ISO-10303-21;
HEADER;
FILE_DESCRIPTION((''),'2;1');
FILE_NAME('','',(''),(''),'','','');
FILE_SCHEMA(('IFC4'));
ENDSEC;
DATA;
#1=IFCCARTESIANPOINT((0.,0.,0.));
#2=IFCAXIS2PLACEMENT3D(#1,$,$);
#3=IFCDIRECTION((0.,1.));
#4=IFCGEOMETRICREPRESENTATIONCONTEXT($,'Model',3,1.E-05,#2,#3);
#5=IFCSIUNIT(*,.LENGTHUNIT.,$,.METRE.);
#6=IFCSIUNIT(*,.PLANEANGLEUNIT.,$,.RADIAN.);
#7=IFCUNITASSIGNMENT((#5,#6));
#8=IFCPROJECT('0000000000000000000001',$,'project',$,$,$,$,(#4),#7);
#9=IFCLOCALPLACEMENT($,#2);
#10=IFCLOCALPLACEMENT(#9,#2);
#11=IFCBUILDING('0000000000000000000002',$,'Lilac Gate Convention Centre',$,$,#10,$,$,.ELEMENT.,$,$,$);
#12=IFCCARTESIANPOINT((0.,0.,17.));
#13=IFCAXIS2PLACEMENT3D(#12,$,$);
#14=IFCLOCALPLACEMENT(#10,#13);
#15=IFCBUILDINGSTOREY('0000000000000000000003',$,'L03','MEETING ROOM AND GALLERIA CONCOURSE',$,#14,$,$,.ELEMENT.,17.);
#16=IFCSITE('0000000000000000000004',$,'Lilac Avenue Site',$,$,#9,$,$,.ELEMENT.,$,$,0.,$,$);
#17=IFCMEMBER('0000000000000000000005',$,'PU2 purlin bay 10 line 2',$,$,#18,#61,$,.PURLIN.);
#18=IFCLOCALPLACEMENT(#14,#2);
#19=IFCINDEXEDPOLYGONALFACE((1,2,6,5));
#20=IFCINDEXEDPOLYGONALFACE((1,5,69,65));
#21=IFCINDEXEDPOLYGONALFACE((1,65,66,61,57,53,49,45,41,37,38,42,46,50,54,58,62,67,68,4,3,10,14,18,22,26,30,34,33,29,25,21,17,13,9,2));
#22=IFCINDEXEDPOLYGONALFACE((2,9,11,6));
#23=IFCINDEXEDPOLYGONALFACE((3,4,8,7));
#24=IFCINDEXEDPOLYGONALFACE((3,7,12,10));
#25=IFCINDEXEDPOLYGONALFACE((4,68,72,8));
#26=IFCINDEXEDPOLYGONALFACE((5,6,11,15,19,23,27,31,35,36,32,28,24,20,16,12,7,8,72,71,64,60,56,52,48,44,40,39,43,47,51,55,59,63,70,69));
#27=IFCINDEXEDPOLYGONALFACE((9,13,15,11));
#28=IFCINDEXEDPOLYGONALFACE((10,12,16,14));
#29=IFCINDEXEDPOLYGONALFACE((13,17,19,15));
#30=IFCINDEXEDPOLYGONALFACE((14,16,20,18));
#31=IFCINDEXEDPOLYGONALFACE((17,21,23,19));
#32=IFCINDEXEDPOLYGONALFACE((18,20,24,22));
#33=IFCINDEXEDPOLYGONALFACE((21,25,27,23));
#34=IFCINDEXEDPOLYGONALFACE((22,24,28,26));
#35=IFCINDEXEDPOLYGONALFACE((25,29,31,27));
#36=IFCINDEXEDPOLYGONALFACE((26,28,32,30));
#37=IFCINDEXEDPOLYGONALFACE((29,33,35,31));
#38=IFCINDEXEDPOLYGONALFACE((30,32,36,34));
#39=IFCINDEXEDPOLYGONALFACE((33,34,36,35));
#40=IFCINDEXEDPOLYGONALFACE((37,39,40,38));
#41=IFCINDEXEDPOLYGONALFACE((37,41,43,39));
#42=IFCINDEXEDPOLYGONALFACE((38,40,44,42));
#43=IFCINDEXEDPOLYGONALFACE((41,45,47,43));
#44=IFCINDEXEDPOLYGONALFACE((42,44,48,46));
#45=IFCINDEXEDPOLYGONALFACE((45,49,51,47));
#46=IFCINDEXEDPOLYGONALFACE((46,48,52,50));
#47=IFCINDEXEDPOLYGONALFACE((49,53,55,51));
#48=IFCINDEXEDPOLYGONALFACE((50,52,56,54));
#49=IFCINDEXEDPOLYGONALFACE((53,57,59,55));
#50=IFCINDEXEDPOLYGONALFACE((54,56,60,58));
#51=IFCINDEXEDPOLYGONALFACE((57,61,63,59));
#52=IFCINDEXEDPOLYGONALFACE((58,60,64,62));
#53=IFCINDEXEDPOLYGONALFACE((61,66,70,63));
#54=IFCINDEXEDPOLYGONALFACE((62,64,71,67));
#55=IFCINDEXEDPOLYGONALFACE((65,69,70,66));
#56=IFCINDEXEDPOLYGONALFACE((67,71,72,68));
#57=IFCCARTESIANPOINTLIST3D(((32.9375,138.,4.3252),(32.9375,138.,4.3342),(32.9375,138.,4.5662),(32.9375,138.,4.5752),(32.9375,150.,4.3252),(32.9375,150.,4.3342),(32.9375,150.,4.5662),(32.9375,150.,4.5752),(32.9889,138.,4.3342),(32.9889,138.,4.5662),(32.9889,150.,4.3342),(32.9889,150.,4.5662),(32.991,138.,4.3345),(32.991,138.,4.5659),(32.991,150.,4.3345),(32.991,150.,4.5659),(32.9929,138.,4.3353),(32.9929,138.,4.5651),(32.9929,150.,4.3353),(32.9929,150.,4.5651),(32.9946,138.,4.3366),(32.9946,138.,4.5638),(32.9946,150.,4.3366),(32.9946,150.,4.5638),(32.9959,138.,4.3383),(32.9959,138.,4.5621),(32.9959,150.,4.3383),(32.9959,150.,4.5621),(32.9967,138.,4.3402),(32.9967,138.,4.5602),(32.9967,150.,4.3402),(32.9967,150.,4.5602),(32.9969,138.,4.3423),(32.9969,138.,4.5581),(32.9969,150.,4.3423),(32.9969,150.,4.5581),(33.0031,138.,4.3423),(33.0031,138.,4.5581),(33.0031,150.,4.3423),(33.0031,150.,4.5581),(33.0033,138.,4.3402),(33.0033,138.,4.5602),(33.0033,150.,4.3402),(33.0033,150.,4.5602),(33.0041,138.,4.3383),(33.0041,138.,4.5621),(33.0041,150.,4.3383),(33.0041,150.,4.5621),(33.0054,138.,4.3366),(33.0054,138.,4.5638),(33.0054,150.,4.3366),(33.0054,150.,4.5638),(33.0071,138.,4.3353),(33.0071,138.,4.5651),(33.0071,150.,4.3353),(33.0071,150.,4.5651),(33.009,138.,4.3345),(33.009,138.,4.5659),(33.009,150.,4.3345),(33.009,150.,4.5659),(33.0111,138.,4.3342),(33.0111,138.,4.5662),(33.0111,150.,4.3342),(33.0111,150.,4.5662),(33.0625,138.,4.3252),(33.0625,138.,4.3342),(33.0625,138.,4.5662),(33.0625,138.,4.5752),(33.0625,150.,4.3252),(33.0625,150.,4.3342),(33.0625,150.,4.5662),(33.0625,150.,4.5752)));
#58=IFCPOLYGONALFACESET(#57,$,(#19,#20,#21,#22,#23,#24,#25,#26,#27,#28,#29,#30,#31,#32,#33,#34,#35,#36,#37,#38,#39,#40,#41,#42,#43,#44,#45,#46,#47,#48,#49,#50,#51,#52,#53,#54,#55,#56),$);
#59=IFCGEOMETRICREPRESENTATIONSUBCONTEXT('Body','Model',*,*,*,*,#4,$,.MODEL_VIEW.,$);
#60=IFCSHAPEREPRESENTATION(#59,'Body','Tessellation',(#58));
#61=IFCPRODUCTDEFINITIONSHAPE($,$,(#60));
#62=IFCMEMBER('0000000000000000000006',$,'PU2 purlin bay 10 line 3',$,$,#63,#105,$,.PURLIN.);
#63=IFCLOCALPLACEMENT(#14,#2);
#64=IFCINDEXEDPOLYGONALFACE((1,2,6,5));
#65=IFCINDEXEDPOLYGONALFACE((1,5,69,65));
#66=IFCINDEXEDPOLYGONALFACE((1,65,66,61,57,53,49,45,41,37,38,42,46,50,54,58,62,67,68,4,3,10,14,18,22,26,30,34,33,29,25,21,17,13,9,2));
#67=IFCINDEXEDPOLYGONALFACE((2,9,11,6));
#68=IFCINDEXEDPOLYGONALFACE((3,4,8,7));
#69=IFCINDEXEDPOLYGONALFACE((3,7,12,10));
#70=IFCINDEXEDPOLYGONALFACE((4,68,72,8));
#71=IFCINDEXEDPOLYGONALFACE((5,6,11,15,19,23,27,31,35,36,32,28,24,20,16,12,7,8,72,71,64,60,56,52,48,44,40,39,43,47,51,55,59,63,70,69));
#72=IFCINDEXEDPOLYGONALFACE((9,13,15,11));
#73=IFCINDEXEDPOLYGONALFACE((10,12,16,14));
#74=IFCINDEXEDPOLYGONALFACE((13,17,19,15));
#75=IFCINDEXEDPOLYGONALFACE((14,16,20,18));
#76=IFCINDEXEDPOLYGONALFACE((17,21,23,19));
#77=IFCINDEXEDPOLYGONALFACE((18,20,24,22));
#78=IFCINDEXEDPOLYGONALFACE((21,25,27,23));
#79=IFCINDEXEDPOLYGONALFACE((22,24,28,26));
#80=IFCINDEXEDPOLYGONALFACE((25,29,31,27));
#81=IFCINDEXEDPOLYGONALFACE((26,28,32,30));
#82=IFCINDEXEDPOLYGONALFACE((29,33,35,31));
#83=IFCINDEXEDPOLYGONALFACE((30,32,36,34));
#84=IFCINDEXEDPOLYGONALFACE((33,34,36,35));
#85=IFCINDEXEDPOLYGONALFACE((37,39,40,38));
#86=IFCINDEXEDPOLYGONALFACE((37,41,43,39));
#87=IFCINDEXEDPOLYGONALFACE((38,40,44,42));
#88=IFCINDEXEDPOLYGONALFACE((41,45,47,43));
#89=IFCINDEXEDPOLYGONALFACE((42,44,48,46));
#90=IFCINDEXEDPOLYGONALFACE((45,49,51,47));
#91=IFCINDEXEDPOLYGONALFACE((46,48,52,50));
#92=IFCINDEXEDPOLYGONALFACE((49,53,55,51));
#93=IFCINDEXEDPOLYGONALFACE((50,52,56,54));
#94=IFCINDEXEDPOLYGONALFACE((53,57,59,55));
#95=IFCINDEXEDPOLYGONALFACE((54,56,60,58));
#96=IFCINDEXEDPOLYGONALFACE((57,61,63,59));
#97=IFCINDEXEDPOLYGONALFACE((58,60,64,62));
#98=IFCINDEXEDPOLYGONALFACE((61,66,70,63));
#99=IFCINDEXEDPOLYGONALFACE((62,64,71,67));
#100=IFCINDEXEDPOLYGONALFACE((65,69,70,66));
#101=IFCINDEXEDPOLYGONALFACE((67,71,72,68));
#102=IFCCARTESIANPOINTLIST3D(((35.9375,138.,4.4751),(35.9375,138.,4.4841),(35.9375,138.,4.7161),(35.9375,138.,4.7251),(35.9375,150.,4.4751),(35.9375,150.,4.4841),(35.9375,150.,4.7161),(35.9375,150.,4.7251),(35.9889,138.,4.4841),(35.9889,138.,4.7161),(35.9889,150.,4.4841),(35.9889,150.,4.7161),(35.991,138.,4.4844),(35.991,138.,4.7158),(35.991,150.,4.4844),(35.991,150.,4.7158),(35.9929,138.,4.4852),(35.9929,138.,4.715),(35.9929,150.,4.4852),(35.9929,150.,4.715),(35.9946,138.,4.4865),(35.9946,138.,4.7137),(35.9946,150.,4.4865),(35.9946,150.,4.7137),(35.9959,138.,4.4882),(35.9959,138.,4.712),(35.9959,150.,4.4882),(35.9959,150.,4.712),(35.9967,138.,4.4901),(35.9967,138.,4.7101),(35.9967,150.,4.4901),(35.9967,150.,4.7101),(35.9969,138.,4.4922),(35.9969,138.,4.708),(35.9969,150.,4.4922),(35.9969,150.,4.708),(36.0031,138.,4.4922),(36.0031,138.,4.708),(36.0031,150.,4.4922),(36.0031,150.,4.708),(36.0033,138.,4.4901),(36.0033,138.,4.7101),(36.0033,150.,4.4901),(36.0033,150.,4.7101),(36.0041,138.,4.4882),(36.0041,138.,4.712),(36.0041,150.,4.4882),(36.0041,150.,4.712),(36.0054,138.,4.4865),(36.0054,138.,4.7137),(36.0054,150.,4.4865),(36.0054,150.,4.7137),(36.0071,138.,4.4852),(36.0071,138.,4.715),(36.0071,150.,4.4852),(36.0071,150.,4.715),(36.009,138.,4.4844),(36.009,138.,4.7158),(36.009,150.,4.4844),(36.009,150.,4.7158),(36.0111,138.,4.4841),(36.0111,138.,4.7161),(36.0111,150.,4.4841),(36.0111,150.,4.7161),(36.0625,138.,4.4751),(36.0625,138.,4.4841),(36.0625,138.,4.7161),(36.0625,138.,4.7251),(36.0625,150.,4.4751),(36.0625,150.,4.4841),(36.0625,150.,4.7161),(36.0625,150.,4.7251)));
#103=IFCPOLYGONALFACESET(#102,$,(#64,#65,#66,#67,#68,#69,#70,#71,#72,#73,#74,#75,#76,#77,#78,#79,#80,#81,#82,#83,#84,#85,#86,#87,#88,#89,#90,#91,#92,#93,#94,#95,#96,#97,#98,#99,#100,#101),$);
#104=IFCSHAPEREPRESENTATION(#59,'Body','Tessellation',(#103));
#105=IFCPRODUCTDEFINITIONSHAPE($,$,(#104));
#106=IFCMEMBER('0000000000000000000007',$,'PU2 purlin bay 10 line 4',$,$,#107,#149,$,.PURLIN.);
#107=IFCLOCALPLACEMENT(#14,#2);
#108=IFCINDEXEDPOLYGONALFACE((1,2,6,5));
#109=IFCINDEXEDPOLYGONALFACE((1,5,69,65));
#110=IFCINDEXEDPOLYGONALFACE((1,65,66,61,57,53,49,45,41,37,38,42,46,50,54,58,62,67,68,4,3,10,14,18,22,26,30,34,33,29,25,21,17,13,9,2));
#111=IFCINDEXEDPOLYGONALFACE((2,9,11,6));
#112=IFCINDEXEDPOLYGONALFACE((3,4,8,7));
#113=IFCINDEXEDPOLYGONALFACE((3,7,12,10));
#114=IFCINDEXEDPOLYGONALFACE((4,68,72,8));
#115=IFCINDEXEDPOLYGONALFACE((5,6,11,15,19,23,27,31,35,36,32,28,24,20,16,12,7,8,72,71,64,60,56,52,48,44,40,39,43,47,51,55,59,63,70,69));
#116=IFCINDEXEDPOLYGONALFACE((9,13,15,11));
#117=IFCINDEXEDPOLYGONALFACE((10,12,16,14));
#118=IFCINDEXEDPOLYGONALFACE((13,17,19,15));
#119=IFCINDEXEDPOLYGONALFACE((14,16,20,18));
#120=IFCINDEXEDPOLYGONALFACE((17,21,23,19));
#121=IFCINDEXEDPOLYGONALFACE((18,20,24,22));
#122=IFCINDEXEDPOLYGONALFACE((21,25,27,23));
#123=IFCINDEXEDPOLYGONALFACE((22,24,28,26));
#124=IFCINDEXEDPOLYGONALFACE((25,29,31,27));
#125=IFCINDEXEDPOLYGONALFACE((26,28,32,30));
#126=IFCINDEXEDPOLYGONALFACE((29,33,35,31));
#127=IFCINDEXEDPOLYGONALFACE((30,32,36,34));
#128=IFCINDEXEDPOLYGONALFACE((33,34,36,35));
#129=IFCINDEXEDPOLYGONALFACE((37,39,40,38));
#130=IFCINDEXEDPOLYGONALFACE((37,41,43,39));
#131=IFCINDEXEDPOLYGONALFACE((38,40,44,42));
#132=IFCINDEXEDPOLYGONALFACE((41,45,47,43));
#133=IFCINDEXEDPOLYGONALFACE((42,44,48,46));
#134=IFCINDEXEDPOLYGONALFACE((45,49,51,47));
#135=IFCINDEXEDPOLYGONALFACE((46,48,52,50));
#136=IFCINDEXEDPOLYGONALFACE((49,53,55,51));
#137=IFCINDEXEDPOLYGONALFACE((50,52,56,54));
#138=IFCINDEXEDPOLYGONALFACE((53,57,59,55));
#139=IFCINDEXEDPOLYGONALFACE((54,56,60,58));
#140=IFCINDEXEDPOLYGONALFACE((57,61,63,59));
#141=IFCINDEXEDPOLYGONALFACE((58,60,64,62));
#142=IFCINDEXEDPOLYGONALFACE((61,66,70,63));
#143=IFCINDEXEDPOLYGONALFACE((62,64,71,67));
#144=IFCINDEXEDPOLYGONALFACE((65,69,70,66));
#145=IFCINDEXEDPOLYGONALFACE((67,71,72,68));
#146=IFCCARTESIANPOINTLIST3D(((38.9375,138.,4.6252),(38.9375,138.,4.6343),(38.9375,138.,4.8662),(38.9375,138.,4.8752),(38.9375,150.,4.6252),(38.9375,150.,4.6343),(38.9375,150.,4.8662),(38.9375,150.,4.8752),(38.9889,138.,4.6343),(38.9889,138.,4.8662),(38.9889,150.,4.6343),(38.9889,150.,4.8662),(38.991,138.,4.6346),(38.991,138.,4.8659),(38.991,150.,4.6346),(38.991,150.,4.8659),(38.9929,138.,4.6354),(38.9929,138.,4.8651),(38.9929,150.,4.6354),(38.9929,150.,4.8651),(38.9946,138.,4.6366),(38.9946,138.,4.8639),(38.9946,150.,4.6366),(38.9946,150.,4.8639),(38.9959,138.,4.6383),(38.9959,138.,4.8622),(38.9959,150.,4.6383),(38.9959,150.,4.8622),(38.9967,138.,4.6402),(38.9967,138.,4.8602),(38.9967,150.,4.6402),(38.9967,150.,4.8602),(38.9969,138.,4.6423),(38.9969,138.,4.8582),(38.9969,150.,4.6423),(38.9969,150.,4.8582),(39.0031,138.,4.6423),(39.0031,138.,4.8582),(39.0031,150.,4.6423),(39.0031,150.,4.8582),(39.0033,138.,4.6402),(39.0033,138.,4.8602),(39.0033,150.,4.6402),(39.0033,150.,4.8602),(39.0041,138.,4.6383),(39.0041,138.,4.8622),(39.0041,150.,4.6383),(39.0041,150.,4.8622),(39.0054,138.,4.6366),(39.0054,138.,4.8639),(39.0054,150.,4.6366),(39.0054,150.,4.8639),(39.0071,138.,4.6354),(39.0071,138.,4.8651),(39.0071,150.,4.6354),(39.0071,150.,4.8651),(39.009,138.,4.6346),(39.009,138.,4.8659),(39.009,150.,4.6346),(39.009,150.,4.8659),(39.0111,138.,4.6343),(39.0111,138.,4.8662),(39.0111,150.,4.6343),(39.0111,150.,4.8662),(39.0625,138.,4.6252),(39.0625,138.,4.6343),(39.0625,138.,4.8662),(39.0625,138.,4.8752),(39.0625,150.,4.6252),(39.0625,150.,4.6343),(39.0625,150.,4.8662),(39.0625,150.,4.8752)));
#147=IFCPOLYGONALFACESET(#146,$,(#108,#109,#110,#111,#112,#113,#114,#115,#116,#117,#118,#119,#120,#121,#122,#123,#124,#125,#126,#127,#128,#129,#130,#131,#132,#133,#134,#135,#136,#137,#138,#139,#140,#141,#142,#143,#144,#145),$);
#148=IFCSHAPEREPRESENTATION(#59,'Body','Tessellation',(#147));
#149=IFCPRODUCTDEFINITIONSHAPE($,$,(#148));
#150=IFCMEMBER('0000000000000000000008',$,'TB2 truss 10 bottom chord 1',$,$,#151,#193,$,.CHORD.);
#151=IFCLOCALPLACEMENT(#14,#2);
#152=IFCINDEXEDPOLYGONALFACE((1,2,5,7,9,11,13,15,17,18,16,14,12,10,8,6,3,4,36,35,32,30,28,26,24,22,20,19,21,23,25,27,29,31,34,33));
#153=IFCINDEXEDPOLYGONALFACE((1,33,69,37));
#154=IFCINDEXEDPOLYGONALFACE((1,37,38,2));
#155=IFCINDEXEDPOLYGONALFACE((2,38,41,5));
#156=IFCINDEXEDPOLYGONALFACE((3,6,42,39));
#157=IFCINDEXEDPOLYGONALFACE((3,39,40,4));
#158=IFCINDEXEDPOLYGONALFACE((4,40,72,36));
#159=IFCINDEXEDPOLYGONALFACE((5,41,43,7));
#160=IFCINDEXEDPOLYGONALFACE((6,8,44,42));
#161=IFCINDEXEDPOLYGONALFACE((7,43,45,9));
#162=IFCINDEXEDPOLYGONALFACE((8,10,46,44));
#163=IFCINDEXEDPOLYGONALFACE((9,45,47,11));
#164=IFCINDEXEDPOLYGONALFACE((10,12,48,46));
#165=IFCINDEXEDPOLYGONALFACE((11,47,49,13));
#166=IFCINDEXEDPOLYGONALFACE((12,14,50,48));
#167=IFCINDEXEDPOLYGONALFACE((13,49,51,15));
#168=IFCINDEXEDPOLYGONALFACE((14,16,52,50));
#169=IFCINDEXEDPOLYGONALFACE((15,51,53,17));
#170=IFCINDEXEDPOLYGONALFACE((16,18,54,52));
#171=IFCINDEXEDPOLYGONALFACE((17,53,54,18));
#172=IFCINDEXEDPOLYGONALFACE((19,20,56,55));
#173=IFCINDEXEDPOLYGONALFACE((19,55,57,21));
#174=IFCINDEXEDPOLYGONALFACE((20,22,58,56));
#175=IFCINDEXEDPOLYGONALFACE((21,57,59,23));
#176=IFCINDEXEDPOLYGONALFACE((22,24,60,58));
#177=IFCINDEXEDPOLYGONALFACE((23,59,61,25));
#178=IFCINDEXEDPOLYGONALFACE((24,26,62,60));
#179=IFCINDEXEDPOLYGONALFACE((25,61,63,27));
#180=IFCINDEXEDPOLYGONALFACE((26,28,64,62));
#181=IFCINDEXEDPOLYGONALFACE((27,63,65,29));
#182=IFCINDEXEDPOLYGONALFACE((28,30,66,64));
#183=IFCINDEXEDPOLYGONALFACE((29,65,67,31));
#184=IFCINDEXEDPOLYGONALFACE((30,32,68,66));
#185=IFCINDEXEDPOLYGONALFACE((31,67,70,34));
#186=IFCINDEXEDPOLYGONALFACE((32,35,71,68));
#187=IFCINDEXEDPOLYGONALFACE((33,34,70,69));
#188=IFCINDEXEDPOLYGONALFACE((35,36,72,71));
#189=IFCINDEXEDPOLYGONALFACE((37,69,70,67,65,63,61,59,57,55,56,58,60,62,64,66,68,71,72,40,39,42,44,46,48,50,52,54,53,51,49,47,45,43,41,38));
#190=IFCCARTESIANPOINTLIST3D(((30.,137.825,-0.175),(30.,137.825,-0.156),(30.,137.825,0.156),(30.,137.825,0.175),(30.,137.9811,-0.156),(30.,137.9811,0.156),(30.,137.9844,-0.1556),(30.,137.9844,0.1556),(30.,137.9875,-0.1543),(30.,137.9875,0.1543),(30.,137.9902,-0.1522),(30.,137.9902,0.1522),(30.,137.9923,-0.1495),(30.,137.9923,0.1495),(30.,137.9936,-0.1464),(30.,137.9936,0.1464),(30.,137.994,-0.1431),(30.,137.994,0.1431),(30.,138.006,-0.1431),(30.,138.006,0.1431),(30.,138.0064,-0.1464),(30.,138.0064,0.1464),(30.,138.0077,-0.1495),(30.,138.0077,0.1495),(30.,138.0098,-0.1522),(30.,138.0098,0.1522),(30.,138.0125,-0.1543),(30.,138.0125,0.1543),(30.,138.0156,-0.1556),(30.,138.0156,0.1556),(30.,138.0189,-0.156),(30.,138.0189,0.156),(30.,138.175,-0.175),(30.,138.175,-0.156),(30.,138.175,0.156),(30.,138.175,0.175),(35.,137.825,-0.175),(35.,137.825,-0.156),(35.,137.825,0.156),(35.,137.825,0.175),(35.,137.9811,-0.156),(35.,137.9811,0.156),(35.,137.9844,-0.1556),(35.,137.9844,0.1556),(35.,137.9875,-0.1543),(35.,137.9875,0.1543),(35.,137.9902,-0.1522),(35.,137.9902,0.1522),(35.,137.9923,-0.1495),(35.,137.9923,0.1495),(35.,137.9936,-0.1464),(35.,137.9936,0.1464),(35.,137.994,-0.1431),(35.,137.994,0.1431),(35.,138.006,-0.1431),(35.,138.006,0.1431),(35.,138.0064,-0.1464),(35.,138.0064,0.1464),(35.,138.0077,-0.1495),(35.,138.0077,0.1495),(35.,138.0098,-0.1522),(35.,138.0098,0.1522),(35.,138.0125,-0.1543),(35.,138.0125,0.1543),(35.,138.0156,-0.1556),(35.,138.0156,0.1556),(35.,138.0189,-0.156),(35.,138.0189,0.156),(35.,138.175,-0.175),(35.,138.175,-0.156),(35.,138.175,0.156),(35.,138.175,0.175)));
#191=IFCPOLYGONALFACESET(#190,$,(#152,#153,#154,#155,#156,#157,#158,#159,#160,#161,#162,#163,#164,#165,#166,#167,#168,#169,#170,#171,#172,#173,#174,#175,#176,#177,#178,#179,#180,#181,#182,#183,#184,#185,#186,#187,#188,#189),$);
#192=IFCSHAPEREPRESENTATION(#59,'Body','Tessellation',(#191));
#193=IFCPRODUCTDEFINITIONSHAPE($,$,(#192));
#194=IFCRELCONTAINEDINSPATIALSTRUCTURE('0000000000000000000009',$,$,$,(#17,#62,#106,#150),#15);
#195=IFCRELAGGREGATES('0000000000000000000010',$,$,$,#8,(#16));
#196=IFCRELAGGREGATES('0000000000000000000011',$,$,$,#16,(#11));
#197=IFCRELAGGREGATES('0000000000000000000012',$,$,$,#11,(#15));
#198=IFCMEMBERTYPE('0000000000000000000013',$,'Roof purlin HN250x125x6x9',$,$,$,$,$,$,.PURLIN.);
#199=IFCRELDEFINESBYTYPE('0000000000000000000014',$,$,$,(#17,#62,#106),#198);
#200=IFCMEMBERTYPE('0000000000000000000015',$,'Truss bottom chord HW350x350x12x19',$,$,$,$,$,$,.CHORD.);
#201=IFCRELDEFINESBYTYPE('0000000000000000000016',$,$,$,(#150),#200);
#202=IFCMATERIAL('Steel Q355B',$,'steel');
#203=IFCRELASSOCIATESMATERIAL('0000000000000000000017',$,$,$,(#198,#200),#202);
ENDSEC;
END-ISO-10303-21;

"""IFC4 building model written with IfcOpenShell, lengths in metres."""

from ifc_helpers import new_model, si_unit, direction, frame, origin, origin_2d, place, context, subcontext, project, spatial, i_section, extrude, material, material_profile, profile_set, type_object, element, save


model = new_model("IFC4")

# Units and contexts
model_context = context("Model", 3, precision=1e-05, world=origin(), true_north=direction((0.0, 1.0)))
body_context = subcontext(model_context, "Body", "Model", "MODEL_VIEW")
ifc_project = project(units=[si_unit("LENGTHUNIT", "METRE"), si_unit("PLANEANGLEUNIT", "RADIAN")], contexts=[model_context])

# Site, building, storey
site_placement = place(None, origin())
site = spatial("IfcSite", under=ifc_project, at=site_placement, Name="Lilac Avenue Site", CompositionType="ELEMENT", RefElevation=0.0)
building_placement = place(site_placement, origin())
building = spatial("IfcBuilding", under=site, at=building_placement, Name="Lilac Gate Convention Centre", CompositionType="ELEMENT")
storey_placement = place(building_placement, frame((0.0, 0.0, 17.0)))
storey = spatial("IfcBuildingStorey", under=building, at=storey_placement, Name="L03", Description="MEETING ROOM AND GALLERIA CONCOURSE", CompositionType="ELEMENT", Elevation=17.0)

# Members
ifc_material = material(Name="Steel Q355B", Category="steel")
ifc_material_profile_1 = material_profile(ifc_material, i_section(OverallWidth=0.125, OverallDepth=0.25, WebThickness=0.0061, FlangeThickness=0.009, FilletRadius=0.0081, at=origin_2d()), Name="HN250x125x6x9")
ifc_profile_set_1 = profile_set([ifc_material_profile_1], Name="Steel Q355B")
member_type_1 = type_object("IfcMemberType", Name="Roof purlin HN250x125x6x9", PredefinedType="PURLIN", material=ifc_profile_set_1)
for number, where, z_axis, x_axis, name in (
    (1, (33.0, 138.0, 4.4502), (0.0, 1.0, 0.0), (-1.0, 0.0, 0.0), "PU2 purlin bay 10 line 2"),
    (2, (36.0, 138.0, 4.6001), (0.0, 1.0, 0.0), (-1.0, 0.0, 0.0), "PU2 purlin bay 10 line 3"),
    (3, (39.0, 138.0, 4.7502), (0.0, 1.0, 0.0), (-1.0, 0.0, 0.0), "PU2 purlin bay 10 line 4"),
):
    element("IfcMember", number, at=place(storey_placement, frame(where, z_axis=z_axis, x_axis=x_axis)), inside=storey, type_object=member_type_1, Name=name, PredefinedType="PURLIN", context=body_context, shape_type="SweptSolid", body=[
        extrude(i_section(OverallWidth=0.125, OverallDepth=0.25, WebThickness=0.0061, FlangeThickness=0.009, FilletRadius=0.0081, at=origin_2d()), origin(), (0.0, 0.0, 1.0), 12.0),
    ])
ifc_material_profile_2 = material_profile(ifc_material, i_section(OverallWidth=0.3501, OverallDepth=0.3501, WebThickness=0.012, FlangeThickness=0.019, FilletRadius=0.0129, at=origin_2d()), Name="HW350x350x12x19")
ifc_profile_set_2 = profile_set([ifc_material_profile_2], Name="Steel Q355B")
member_type_2 = type_object("IfcMemberType", Name="Truss bottom chord HW350x350x12x19", PredefinedType="CHORD", material=ifc_profile_set_2)
member_1_placement = place(storey_placement, frame((30.0, 138.0, 0.0), z_axis=(1.0, 0.0, 0.0), x_axis=(0.0, 1.0, 0.0)))
element("IfcMember", 4, at=member_1_placement, inside=storey, type_object=member_type_2, Name="TB2 truss 10 bottom chord 1", PredefinedType="CHORD", context=body_context, shape_type="SweptSolid", body=[
    extrude(i_section(OverallWidth=0.3501, OverallDepth=0.3501, WebThickness=0.012, FlangeThickness=0.019, FilletRadius=0.0129, at=origin_2d()), origin(), (0.0, 0.0, 1.0), 5.0),
])

save(model, "model.ifc")
